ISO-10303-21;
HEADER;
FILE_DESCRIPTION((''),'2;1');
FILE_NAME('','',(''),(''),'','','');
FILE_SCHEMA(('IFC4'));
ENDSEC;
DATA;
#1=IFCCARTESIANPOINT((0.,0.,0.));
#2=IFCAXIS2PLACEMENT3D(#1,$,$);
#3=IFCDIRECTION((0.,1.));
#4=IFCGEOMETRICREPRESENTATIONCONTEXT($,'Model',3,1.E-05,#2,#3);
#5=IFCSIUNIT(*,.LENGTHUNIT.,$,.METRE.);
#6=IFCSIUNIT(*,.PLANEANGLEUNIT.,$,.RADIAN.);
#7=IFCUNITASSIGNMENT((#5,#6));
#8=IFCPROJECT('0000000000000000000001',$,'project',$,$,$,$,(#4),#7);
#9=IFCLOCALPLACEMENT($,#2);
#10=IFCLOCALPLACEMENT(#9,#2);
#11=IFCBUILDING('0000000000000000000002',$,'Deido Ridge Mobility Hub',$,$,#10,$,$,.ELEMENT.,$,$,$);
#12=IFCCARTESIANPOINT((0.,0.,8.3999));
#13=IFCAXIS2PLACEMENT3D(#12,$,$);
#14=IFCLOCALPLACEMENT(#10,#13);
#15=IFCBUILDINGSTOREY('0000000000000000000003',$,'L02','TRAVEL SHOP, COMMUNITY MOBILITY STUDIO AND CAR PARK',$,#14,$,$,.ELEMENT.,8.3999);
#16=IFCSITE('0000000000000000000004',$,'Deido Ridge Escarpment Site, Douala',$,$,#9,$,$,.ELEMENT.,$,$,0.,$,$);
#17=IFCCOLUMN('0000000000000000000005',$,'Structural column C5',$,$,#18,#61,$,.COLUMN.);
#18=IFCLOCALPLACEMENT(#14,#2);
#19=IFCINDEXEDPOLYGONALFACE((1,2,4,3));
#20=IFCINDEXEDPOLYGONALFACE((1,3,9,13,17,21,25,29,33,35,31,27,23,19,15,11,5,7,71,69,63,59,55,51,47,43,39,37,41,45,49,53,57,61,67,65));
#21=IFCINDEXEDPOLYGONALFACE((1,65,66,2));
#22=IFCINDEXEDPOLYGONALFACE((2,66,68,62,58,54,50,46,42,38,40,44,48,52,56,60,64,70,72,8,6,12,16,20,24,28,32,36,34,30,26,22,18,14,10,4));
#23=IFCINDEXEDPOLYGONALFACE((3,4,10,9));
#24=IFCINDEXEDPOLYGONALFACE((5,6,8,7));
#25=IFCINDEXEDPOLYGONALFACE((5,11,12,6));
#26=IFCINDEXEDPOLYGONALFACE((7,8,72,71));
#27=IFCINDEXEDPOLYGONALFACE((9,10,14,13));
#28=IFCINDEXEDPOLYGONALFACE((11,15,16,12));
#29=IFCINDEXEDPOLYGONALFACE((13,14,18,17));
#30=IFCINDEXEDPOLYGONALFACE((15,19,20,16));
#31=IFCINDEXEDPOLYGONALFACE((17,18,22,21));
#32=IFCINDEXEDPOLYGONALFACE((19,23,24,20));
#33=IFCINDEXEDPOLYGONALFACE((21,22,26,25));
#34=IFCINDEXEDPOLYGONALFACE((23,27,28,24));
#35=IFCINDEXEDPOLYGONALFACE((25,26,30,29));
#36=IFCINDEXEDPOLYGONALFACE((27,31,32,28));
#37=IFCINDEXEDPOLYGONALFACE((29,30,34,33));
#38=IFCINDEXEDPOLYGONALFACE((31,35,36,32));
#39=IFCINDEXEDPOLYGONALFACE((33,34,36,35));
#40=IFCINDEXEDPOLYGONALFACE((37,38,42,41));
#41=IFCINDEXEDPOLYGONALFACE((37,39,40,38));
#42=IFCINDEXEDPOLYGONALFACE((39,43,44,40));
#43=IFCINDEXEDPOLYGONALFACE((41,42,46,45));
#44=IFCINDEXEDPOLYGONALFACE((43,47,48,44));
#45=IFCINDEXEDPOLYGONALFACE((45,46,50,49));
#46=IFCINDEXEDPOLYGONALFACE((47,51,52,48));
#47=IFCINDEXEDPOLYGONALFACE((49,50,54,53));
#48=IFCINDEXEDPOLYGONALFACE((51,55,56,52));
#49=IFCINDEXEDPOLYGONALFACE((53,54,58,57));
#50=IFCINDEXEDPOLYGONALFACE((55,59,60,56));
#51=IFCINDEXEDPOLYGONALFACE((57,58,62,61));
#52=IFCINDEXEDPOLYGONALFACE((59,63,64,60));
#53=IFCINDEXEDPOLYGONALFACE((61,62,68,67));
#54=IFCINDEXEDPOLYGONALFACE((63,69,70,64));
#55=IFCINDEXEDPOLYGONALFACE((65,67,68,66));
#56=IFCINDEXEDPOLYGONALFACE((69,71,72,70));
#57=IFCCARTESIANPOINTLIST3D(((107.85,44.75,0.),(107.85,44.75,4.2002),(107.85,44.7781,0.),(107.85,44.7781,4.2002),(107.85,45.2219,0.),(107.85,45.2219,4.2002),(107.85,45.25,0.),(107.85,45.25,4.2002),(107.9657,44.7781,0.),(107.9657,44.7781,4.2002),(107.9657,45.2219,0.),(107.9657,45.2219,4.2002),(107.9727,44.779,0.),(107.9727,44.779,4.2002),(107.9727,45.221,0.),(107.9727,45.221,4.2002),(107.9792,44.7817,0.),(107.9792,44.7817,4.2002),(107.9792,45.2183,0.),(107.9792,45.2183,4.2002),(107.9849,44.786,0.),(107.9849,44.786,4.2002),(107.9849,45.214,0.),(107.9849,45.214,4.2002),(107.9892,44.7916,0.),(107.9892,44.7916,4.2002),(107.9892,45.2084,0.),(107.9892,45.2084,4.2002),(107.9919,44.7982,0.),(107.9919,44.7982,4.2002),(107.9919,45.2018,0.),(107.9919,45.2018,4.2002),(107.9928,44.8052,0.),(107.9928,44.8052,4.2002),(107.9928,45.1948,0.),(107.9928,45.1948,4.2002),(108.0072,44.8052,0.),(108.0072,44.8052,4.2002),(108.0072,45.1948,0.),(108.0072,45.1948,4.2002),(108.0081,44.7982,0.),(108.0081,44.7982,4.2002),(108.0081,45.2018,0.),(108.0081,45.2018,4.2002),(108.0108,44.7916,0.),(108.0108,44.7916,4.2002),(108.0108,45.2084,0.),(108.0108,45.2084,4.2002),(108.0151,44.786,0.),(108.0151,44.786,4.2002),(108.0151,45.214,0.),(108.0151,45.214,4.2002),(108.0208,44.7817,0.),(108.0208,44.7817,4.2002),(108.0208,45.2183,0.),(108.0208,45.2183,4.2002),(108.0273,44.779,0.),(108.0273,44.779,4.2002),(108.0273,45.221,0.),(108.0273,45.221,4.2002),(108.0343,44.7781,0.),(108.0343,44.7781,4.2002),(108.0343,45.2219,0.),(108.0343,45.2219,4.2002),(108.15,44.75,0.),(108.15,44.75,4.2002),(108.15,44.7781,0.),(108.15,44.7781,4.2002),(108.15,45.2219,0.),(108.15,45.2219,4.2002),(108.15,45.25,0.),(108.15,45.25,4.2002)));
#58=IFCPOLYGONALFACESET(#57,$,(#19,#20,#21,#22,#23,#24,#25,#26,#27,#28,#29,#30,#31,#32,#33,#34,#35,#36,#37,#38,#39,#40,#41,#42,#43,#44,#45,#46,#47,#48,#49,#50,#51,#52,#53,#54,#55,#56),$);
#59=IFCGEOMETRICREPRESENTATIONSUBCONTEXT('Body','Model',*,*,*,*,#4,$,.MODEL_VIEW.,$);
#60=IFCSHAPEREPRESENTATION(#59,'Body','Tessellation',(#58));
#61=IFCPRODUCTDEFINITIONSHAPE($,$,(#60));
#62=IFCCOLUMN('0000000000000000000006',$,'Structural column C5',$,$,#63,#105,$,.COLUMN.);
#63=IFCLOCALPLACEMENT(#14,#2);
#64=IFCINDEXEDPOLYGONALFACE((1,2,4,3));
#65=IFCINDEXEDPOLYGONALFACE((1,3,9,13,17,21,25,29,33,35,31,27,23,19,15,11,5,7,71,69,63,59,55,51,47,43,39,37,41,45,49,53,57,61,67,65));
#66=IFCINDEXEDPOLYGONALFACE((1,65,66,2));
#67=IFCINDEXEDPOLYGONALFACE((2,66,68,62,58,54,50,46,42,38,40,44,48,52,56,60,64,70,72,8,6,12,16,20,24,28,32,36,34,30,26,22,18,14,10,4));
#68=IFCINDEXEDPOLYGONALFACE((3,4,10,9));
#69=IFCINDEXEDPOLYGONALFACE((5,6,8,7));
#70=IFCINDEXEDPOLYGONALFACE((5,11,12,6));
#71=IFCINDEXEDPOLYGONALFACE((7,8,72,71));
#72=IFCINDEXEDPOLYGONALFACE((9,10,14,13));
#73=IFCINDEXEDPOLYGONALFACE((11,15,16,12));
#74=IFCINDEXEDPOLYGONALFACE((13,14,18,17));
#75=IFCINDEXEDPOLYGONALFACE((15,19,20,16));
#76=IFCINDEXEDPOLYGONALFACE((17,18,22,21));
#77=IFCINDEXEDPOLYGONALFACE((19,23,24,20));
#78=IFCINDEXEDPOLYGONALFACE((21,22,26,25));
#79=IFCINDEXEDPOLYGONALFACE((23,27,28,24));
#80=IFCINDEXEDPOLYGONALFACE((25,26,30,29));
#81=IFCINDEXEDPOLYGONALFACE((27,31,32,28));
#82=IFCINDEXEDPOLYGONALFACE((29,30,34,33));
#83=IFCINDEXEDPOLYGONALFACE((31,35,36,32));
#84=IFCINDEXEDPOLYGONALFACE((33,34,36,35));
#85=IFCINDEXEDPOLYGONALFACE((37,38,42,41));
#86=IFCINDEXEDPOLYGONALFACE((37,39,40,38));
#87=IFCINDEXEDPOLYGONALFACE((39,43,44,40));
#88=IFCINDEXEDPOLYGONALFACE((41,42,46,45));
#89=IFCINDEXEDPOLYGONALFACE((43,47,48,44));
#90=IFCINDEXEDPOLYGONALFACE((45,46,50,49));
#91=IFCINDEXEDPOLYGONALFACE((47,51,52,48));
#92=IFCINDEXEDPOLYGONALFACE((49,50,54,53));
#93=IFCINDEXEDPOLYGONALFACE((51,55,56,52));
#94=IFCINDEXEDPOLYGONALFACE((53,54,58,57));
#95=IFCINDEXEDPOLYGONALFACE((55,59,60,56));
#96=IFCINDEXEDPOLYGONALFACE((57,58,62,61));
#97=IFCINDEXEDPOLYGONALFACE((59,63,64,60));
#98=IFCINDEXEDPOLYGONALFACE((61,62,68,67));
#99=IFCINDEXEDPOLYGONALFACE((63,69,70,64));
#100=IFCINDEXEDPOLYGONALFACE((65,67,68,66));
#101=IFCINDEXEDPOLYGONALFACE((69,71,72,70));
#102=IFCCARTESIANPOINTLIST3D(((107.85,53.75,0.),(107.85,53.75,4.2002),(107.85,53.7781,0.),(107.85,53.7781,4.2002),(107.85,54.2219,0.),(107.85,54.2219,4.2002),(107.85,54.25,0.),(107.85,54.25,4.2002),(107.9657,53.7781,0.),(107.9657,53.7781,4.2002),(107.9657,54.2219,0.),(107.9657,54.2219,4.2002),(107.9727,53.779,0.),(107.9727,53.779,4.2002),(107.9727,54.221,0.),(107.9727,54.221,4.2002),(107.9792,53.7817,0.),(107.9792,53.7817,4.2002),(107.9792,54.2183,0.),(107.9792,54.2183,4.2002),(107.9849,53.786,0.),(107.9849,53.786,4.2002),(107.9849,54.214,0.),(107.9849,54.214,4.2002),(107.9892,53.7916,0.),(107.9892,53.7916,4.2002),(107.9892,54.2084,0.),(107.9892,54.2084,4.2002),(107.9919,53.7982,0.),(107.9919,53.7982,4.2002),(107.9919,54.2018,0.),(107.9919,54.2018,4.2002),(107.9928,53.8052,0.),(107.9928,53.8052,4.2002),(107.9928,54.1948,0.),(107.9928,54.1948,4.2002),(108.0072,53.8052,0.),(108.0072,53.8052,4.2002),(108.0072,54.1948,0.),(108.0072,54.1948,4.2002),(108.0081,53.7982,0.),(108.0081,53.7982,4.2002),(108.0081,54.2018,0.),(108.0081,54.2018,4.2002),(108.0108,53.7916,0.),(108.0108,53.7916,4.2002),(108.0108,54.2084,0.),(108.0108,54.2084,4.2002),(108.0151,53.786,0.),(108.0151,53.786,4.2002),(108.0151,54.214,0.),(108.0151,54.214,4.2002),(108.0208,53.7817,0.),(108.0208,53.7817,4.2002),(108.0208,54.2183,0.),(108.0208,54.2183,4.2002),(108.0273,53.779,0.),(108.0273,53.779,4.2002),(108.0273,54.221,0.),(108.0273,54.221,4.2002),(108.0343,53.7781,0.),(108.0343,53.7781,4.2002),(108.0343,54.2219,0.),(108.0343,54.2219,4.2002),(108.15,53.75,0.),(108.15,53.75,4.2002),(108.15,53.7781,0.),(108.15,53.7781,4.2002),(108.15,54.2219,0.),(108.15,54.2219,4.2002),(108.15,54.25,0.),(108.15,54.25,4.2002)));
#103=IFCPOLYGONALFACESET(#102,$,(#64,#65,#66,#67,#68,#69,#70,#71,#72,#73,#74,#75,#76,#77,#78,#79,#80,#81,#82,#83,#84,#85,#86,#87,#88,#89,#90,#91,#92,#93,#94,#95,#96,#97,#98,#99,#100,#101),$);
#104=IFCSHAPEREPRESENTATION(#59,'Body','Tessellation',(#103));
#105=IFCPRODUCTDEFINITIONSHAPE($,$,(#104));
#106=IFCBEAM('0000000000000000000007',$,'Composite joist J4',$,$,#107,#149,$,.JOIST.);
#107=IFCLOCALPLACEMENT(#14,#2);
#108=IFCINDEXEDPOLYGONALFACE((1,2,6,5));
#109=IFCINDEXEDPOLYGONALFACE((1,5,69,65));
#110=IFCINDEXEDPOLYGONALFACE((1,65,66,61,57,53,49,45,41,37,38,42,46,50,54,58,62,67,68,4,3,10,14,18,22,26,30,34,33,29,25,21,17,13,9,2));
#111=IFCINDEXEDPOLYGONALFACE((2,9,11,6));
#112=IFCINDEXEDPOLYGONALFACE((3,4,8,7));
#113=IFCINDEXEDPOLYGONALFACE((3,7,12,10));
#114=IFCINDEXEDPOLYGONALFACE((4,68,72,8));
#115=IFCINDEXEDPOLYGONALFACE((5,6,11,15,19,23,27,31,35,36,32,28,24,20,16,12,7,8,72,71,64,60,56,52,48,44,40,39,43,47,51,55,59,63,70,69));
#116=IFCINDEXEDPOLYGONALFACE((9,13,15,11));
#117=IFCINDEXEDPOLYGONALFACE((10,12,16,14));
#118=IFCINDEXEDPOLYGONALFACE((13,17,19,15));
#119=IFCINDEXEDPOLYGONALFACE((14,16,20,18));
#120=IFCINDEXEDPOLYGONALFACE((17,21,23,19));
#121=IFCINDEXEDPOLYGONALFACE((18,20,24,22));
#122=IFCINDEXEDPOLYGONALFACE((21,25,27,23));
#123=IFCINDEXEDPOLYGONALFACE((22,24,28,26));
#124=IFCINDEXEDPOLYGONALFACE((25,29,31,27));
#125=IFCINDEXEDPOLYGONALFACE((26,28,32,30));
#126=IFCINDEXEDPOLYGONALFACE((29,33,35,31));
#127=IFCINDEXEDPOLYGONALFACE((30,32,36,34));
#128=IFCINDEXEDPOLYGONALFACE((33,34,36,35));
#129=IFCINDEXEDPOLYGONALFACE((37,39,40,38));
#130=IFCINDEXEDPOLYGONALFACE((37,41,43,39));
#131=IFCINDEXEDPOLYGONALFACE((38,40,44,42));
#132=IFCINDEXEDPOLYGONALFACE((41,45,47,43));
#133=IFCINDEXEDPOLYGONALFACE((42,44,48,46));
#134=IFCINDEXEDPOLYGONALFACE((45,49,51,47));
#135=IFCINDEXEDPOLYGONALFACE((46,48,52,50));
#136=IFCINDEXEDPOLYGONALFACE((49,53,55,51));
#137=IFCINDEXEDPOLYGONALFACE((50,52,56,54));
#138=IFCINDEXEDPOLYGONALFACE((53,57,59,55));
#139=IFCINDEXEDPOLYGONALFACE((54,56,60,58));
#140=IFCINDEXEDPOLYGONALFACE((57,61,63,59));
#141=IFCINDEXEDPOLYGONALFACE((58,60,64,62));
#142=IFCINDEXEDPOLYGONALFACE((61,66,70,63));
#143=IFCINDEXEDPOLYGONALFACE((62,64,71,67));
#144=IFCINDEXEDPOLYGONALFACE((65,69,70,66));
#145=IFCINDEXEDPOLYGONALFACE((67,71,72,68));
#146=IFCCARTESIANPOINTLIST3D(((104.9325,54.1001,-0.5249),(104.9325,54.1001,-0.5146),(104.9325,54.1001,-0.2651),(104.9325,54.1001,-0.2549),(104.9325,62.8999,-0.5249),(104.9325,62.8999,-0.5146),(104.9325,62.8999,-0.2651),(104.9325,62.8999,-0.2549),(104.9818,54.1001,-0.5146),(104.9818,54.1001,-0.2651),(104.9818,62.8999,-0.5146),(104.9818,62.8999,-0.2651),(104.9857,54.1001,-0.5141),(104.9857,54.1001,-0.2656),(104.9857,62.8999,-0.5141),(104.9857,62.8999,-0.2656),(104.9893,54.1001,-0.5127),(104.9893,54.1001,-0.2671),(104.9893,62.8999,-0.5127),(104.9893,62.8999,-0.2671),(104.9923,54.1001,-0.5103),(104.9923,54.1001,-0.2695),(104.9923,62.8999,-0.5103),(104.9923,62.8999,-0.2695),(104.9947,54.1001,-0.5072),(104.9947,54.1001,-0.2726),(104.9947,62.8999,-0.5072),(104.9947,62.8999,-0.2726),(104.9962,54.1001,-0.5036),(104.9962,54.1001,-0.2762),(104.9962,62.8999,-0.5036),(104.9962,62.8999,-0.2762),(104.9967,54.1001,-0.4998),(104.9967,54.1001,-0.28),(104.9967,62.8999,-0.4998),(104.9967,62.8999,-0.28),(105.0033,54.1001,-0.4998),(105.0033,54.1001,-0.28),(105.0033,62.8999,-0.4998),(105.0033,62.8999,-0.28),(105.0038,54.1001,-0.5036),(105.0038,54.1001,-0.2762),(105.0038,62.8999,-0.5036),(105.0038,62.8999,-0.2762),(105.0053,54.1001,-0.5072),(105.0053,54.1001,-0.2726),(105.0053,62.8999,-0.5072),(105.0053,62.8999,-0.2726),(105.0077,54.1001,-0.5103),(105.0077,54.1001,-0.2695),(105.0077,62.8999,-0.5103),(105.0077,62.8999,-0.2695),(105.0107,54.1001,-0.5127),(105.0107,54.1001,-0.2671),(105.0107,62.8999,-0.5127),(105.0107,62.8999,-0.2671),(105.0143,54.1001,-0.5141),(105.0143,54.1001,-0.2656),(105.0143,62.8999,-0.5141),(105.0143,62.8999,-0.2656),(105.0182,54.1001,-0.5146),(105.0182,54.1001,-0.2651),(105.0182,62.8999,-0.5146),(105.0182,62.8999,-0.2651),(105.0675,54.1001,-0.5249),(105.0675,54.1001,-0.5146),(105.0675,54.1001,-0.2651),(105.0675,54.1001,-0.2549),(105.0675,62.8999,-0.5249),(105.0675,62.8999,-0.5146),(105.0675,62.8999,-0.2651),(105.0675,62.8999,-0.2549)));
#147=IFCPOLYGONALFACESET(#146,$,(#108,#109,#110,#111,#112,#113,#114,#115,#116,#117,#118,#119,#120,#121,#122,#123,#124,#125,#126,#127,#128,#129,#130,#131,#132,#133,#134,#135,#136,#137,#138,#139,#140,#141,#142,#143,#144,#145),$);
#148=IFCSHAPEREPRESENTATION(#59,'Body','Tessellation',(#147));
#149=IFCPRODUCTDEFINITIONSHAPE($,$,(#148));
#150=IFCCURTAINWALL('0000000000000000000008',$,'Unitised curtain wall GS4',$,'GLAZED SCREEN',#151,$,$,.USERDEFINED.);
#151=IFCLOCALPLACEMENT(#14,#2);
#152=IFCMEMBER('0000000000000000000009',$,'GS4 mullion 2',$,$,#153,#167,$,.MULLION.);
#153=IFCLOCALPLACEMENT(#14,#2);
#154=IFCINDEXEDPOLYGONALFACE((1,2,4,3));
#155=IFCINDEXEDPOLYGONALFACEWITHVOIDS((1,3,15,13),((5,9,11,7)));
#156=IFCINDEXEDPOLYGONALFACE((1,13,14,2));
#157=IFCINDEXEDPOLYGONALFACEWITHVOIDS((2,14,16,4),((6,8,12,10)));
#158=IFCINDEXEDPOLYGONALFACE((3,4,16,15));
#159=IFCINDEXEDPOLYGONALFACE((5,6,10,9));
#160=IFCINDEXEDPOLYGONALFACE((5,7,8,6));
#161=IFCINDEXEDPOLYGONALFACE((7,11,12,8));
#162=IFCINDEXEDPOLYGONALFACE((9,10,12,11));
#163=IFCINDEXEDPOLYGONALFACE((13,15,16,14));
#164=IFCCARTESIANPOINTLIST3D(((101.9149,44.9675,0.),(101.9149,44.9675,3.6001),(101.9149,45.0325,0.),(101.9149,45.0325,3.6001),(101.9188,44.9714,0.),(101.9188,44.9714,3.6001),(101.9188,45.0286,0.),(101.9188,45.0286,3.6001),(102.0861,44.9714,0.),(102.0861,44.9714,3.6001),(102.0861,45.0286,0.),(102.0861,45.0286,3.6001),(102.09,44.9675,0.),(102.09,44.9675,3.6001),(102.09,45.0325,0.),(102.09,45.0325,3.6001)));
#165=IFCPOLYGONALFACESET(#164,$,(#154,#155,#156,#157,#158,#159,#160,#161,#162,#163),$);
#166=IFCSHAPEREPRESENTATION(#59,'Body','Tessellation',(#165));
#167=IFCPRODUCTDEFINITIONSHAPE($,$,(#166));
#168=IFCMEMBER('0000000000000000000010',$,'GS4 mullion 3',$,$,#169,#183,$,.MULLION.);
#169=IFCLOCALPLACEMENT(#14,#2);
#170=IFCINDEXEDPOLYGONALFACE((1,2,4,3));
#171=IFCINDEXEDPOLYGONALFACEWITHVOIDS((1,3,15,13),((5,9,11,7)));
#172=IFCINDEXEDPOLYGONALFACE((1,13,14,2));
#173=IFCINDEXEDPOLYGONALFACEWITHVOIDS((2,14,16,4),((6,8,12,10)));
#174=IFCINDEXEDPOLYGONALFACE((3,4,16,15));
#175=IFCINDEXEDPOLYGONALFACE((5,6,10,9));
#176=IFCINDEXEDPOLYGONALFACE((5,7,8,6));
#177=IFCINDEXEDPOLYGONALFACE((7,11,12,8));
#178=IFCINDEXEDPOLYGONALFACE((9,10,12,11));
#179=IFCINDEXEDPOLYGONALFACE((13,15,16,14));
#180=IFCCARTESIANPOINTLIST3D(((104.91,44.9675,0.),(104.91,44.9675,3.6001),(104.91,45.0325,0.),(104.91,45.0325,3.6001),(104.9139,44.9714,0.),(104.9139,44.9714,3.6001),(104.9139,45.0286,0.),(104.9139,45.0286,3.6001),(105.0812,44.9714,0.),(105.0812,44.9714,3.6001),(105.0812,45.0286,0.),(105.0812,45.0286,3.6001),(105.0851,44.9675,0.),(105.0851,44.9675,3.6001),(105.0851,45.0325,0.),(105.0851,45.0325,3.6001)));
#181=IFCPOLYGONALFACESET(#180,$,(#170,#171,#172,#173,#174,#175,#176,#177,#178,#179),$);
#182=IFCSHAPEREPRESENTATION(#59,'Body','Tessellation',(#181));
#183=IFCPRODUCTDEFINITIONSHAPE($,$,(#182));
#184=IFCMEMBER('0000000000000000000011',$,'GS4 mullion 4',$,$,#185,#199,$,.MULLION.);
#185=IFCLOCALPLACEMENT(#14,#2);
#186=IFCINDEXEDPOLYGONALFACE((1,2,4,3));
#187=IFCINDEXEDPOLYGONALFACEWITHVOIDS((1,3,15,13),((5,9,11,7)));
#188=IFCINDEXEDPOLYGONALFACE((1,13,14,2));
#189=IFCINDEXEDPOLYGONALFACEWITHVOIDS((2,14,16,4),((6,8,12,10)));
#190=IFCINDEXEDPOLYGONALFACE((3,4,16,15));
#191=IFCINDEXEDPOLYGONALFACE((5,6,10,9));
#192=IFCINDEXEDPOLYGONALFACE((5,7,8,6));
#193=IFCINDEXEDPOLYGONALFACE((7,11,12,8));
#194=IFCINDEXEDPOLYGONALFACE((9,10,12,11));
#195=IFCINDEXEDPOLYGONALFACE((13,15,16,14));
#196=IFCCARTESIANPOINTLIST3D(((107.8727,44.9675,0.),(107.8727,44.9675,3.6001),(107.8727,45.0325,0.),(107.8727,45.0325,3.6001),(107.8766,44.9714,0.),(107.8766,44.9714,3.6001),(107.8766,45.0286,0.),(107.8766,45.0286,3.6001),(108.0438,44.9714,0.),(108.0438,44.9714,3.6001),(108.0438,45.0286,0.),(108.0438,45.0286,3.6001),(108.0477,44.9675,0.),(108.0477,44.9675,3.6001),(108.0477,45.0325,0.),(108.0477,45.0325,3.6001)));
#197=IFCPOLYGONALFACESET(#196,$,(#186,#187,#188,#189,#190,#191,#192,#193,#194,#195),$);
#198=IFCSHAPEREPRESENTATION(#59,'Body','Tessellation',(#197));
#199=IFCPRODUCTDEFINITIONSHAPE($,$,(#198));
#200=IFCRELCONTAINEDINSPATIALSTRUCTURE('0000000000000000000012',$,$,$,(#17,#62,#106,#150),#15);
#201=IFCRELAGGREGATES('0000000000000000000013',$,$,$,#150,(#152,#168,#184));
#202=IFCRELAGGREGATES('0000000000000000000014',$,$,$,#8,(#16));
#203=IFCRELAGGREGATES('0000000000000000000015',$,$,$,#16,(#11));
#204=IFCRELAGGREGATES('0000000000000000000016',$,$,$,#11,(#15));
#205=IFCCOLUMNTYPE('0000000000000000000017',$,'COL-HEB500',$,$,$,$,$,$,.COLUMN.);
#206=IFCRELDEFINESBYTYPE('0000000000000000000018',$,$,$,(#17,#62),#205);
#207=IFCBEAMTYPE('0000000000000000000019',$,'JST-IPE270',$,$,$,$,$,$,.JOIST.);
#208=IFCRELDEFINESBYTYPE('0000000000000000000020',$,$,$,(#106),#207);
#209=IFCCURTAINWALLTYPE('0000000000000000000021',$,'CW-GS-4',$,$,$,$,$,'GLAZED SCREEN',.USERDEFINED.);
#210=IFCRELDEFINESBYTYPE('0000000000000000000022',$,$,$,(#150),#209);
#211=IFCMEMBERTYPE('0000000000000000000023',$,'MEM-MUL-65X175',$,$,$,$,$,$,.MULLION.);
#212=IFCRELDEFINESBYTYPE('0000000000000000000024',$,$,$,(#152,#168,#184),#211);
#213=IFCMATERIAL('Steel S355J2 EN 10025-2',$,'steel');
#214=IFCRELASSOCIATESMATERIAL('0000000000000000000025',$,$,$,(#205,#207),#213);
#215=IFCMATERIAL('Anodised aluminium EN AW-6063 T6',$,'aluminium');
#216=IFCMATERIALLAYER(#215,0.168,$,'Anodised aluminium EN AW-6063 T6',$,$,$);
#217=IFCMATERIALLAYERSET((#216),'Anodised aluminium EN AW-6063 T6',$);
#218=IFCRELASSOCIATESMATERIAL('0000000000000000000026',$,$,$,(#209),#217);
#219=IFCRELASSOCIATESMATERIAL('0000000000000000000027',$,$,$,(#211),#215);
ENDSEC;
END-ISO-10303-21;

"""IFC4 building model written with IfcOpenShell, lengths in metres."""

from ifc_helpers import new_model, si_unit, direction, frame, origin, origin_2d, place, context, subcontext, project, spatial, hollow_rectangle, i_section, extrude, material, layer, layer_set, material_profile, profile_set, type_object, element, aggregate, save


model = new_model("IFC4")

# Units and contexts
model_context = context("Model", 3, precision=1e-05, world=origin(), true_north=direction((0.0, 1.0)))
body_context = subcontext(model_context, "Body", "Model", "MODEL_VIEW")
ifc_project = project(units=[si_unit("LENGTHUNIT", "METRE"), si_unit("PLANEANGLEUNIT", "RADIAN")], contexts=[model_context])

# Site, building, storey
site_placement = place(None, origin())
site = spatial("IfcSite", under=ifc_project, at=site_placement, Name="Deido Ridge Escarpment Site, Douala", CompositionType="ELEMENT", RefElevation=0.0)
building_placement = place(site_placement, origin())
building = spatial("IfcBuilding", under=site, at=building_placement, Name="Deido Ridge Mobility Hub", CompositionType="ELEMENT")
storey_placement = place(building_placement, frame((0.0, 0.0, 8.3999)))
storey = spatial("IfcBuildingStorey", under=building, at=storey_placement, Name="L02", Description="TRAVEL SHOP, COMMUNITY MOBILITY STUDIO AND CAR PARK", CompositionType="ELEMENT", Elevation=8.3999)

# Columns
ifc_material_1 = material(Name="Steel S355J2 EN 10025-2", Category="steel")
ifc_material_profile_1 = material_profile(ifc_material_1, i_section(OverallWidth=0.3, OverallDepth=0.5, WebThickness=0.0144, FlangeThickness=0.0281, FilletRadius=0.0271, at=origin_2d()), Name="HEB 500")
ifc_profile_set_1 = profile_set([ifc_material_profile_1], Name="Steel S355J2 EN 10025-2")
column_type = type_object("IfcColumnType", Name="COL-HEB500", PredefinedType="COLUMN", material=ifc_profile_set_1)
for number, where, z_axis, x_axis, name in (
    (1, (108.0, 45.0, 0.0), (0.0, 0.0, 1.0), (1.0, 0.0, 0.0), "Structural column C5"),
    (2, (108.0, 54.0, 0.0), (0.0, 0.0, 1.0), (1.0, 0.0, 0.0), "Structural column C5"),
):
    element("IfcColumn", number, at=place(storey_placement, frame(where, z_axis=z_axis, x_axis=x_axis)), inside=storey, type_object=column_type, Name=name, PredefinedType="COLUMN", context=body_context, shape_type="SweptSolid", body=[
        extrude(i_section(OverallWidth=0.3, OverallDepth=0.5, WebThickness=0.0144, FlangeThickness=0.0281, FilletRadius=0.0271, at=origin_2d()), origin(), (0.0, 0.0, 1.0), 4.2002),
    ])

# Beam
ifc_material_profile_2 = material_profile(ifc_material_1, i_section(OverallWidth=0.135, OverallDepth=0.27, WebThickness=0.0066, FlangeThickness=0.0103, FilletRadius=0.0149, at=origin_2d()), Name="IPE 270")
ifc_profile_set_2 = profile_set([ifc_material_profile_2], Name="Steel S355J2 EN 10025-2")
beam_type_1 = type_object("IfcBeamType", Name="JST-IPE270", PredefinedType="JOIST", material=ifc_profile_set_2)
beam_placement = place(storey_placement, frame((105.0, 54.1001, -0.3899), z_axis=(0.0, 1.0, 0.0), x_axis=(-1.0, 0.0, 0.0)))
element("IfcBeam", 3, at=beam_placement, inside=storey, type_object=beam_type_1, Name="Composite joist J4", PredefinedType="JOIST", context=body_context, shape_type="SweptSolid", body=[
    extrude(i_section(OverallWidth=0.135, OverallDepth=0.27, WebThickness=0.0066, FlangeThickness=0.0103, FilletRadius=0.0149, at=origin_2d()), origin(), (0.0, 0.0, 1.0), 8.7998),
])

# Curtain wall, members
ifc_material_2 = material(Name="Anodised aluminium EN AW-6063 T6", Category="aluminium")
ifc_layer_1 = layer(ifc_material_2, 0.168, Name="Anodised aluminium EN AW-6063 T6")
ifc_layer_set_1 = layer_set([ifc_layer_1], Name="Anodised aluminium EN AW-6063 T6")
curtain_wall_type_1 = type_object("IfcCurtainWallType", Name="CW-GS-4", ElementType="GLAZED SCREEN", PredefinedType="USERDEFINED", material=ifc_layer_set_1)
curtain_wall_1_placement = place(storey_placement, origin())
curtain_wall_1 = element("IfcCurtainWall", 4, at=curtain_wall_1_placement, inside=storey, type_object=curtain_wall_type_1, Name="Unitised curtain wall GS4", ObjectType="GLAZED SCREEN", PredefinedType="USERDEFINED")
ifc_material_profile_3 = material_profile(ifc_material_2, hollow_rectangle(XDim=0.0649, YDim=0.175, WallThickness=0.0039, at=origin_2d()), Name="RHS 65x175x4")
ifc_profile_set_3 = profile_set([ifc_material_profile_3], Name="Anodised aluminium EN AW-6063 T6")
member_type_1 = type_object("IfcMemberType", Name="MEM-MUL-65X175", PredefinedType="MULLION", material=ifc_profile_set_3)
member_1_placement = place(storey_placement, frame((102.0024, 45.0, 0.0), z_axis=(0.0, 0.0, 1.0), x_axis=(0.0, 1.0, 0.0)))
member_1 = element("IfcMember", 5, at=member_1_placement, type_object=member_type_1, Name="GS4 mullion 2", PredefinedType="MULLION", context=body_context, shape_type="SweptSolid", body=[
    extrude(hollow_rectangle(XDim=0.0649, YDim=0.175, WallThickness=0.0039, at=origin_2d()), origin(), (0.0, 0.0, 1.0), 3.6001),
])
member_2_placement = place(storey_placement, frame((104.9976, 45.0, 0.0), z_axis=(0.0, 0.0, 1.0), x_axis=(0.0, 1.0, 0.0)))
member_2 = element("IfcMember", 6, at=member_2_placement, type_object=member_type_1, Name="GS4 mullion 3", PredefinedType="MULLION", context=body_context, shape_type="SweptSolid", body=[
    extrude(hollow_rectangle(XDim=0.0649, YDim=0.175, WallThickness=0.0039, at=origin_2d()), origin(), (0.0, 0.0, 1.0), 3.6001),
])
member_3_placement = place(storey_placement, frame((107.9602, 45.0, 0.0), z_axis=(0.0, 0.0, 1.0), x_axis=(0.0, 1.0, 0.0)))
member_3 = element("IfcMember", 7, at=member_3_placement, type_object=member_type_1, Name="GS4 mullion 4", PredefinedType="MULLION", context=body_context, shape_type="SweptSolid", body=[
    extrude(hollow_rectangle(XDim=0.0649, YDim=0.175, WallThickness=0.0039, at=origin_2d()), origin(), (0.0, 0.0, 1.0), 3.6001),
])

aggregate(curtain_wall_1, [member_1, member_2, member_3])

save(model, "model.ifc")
